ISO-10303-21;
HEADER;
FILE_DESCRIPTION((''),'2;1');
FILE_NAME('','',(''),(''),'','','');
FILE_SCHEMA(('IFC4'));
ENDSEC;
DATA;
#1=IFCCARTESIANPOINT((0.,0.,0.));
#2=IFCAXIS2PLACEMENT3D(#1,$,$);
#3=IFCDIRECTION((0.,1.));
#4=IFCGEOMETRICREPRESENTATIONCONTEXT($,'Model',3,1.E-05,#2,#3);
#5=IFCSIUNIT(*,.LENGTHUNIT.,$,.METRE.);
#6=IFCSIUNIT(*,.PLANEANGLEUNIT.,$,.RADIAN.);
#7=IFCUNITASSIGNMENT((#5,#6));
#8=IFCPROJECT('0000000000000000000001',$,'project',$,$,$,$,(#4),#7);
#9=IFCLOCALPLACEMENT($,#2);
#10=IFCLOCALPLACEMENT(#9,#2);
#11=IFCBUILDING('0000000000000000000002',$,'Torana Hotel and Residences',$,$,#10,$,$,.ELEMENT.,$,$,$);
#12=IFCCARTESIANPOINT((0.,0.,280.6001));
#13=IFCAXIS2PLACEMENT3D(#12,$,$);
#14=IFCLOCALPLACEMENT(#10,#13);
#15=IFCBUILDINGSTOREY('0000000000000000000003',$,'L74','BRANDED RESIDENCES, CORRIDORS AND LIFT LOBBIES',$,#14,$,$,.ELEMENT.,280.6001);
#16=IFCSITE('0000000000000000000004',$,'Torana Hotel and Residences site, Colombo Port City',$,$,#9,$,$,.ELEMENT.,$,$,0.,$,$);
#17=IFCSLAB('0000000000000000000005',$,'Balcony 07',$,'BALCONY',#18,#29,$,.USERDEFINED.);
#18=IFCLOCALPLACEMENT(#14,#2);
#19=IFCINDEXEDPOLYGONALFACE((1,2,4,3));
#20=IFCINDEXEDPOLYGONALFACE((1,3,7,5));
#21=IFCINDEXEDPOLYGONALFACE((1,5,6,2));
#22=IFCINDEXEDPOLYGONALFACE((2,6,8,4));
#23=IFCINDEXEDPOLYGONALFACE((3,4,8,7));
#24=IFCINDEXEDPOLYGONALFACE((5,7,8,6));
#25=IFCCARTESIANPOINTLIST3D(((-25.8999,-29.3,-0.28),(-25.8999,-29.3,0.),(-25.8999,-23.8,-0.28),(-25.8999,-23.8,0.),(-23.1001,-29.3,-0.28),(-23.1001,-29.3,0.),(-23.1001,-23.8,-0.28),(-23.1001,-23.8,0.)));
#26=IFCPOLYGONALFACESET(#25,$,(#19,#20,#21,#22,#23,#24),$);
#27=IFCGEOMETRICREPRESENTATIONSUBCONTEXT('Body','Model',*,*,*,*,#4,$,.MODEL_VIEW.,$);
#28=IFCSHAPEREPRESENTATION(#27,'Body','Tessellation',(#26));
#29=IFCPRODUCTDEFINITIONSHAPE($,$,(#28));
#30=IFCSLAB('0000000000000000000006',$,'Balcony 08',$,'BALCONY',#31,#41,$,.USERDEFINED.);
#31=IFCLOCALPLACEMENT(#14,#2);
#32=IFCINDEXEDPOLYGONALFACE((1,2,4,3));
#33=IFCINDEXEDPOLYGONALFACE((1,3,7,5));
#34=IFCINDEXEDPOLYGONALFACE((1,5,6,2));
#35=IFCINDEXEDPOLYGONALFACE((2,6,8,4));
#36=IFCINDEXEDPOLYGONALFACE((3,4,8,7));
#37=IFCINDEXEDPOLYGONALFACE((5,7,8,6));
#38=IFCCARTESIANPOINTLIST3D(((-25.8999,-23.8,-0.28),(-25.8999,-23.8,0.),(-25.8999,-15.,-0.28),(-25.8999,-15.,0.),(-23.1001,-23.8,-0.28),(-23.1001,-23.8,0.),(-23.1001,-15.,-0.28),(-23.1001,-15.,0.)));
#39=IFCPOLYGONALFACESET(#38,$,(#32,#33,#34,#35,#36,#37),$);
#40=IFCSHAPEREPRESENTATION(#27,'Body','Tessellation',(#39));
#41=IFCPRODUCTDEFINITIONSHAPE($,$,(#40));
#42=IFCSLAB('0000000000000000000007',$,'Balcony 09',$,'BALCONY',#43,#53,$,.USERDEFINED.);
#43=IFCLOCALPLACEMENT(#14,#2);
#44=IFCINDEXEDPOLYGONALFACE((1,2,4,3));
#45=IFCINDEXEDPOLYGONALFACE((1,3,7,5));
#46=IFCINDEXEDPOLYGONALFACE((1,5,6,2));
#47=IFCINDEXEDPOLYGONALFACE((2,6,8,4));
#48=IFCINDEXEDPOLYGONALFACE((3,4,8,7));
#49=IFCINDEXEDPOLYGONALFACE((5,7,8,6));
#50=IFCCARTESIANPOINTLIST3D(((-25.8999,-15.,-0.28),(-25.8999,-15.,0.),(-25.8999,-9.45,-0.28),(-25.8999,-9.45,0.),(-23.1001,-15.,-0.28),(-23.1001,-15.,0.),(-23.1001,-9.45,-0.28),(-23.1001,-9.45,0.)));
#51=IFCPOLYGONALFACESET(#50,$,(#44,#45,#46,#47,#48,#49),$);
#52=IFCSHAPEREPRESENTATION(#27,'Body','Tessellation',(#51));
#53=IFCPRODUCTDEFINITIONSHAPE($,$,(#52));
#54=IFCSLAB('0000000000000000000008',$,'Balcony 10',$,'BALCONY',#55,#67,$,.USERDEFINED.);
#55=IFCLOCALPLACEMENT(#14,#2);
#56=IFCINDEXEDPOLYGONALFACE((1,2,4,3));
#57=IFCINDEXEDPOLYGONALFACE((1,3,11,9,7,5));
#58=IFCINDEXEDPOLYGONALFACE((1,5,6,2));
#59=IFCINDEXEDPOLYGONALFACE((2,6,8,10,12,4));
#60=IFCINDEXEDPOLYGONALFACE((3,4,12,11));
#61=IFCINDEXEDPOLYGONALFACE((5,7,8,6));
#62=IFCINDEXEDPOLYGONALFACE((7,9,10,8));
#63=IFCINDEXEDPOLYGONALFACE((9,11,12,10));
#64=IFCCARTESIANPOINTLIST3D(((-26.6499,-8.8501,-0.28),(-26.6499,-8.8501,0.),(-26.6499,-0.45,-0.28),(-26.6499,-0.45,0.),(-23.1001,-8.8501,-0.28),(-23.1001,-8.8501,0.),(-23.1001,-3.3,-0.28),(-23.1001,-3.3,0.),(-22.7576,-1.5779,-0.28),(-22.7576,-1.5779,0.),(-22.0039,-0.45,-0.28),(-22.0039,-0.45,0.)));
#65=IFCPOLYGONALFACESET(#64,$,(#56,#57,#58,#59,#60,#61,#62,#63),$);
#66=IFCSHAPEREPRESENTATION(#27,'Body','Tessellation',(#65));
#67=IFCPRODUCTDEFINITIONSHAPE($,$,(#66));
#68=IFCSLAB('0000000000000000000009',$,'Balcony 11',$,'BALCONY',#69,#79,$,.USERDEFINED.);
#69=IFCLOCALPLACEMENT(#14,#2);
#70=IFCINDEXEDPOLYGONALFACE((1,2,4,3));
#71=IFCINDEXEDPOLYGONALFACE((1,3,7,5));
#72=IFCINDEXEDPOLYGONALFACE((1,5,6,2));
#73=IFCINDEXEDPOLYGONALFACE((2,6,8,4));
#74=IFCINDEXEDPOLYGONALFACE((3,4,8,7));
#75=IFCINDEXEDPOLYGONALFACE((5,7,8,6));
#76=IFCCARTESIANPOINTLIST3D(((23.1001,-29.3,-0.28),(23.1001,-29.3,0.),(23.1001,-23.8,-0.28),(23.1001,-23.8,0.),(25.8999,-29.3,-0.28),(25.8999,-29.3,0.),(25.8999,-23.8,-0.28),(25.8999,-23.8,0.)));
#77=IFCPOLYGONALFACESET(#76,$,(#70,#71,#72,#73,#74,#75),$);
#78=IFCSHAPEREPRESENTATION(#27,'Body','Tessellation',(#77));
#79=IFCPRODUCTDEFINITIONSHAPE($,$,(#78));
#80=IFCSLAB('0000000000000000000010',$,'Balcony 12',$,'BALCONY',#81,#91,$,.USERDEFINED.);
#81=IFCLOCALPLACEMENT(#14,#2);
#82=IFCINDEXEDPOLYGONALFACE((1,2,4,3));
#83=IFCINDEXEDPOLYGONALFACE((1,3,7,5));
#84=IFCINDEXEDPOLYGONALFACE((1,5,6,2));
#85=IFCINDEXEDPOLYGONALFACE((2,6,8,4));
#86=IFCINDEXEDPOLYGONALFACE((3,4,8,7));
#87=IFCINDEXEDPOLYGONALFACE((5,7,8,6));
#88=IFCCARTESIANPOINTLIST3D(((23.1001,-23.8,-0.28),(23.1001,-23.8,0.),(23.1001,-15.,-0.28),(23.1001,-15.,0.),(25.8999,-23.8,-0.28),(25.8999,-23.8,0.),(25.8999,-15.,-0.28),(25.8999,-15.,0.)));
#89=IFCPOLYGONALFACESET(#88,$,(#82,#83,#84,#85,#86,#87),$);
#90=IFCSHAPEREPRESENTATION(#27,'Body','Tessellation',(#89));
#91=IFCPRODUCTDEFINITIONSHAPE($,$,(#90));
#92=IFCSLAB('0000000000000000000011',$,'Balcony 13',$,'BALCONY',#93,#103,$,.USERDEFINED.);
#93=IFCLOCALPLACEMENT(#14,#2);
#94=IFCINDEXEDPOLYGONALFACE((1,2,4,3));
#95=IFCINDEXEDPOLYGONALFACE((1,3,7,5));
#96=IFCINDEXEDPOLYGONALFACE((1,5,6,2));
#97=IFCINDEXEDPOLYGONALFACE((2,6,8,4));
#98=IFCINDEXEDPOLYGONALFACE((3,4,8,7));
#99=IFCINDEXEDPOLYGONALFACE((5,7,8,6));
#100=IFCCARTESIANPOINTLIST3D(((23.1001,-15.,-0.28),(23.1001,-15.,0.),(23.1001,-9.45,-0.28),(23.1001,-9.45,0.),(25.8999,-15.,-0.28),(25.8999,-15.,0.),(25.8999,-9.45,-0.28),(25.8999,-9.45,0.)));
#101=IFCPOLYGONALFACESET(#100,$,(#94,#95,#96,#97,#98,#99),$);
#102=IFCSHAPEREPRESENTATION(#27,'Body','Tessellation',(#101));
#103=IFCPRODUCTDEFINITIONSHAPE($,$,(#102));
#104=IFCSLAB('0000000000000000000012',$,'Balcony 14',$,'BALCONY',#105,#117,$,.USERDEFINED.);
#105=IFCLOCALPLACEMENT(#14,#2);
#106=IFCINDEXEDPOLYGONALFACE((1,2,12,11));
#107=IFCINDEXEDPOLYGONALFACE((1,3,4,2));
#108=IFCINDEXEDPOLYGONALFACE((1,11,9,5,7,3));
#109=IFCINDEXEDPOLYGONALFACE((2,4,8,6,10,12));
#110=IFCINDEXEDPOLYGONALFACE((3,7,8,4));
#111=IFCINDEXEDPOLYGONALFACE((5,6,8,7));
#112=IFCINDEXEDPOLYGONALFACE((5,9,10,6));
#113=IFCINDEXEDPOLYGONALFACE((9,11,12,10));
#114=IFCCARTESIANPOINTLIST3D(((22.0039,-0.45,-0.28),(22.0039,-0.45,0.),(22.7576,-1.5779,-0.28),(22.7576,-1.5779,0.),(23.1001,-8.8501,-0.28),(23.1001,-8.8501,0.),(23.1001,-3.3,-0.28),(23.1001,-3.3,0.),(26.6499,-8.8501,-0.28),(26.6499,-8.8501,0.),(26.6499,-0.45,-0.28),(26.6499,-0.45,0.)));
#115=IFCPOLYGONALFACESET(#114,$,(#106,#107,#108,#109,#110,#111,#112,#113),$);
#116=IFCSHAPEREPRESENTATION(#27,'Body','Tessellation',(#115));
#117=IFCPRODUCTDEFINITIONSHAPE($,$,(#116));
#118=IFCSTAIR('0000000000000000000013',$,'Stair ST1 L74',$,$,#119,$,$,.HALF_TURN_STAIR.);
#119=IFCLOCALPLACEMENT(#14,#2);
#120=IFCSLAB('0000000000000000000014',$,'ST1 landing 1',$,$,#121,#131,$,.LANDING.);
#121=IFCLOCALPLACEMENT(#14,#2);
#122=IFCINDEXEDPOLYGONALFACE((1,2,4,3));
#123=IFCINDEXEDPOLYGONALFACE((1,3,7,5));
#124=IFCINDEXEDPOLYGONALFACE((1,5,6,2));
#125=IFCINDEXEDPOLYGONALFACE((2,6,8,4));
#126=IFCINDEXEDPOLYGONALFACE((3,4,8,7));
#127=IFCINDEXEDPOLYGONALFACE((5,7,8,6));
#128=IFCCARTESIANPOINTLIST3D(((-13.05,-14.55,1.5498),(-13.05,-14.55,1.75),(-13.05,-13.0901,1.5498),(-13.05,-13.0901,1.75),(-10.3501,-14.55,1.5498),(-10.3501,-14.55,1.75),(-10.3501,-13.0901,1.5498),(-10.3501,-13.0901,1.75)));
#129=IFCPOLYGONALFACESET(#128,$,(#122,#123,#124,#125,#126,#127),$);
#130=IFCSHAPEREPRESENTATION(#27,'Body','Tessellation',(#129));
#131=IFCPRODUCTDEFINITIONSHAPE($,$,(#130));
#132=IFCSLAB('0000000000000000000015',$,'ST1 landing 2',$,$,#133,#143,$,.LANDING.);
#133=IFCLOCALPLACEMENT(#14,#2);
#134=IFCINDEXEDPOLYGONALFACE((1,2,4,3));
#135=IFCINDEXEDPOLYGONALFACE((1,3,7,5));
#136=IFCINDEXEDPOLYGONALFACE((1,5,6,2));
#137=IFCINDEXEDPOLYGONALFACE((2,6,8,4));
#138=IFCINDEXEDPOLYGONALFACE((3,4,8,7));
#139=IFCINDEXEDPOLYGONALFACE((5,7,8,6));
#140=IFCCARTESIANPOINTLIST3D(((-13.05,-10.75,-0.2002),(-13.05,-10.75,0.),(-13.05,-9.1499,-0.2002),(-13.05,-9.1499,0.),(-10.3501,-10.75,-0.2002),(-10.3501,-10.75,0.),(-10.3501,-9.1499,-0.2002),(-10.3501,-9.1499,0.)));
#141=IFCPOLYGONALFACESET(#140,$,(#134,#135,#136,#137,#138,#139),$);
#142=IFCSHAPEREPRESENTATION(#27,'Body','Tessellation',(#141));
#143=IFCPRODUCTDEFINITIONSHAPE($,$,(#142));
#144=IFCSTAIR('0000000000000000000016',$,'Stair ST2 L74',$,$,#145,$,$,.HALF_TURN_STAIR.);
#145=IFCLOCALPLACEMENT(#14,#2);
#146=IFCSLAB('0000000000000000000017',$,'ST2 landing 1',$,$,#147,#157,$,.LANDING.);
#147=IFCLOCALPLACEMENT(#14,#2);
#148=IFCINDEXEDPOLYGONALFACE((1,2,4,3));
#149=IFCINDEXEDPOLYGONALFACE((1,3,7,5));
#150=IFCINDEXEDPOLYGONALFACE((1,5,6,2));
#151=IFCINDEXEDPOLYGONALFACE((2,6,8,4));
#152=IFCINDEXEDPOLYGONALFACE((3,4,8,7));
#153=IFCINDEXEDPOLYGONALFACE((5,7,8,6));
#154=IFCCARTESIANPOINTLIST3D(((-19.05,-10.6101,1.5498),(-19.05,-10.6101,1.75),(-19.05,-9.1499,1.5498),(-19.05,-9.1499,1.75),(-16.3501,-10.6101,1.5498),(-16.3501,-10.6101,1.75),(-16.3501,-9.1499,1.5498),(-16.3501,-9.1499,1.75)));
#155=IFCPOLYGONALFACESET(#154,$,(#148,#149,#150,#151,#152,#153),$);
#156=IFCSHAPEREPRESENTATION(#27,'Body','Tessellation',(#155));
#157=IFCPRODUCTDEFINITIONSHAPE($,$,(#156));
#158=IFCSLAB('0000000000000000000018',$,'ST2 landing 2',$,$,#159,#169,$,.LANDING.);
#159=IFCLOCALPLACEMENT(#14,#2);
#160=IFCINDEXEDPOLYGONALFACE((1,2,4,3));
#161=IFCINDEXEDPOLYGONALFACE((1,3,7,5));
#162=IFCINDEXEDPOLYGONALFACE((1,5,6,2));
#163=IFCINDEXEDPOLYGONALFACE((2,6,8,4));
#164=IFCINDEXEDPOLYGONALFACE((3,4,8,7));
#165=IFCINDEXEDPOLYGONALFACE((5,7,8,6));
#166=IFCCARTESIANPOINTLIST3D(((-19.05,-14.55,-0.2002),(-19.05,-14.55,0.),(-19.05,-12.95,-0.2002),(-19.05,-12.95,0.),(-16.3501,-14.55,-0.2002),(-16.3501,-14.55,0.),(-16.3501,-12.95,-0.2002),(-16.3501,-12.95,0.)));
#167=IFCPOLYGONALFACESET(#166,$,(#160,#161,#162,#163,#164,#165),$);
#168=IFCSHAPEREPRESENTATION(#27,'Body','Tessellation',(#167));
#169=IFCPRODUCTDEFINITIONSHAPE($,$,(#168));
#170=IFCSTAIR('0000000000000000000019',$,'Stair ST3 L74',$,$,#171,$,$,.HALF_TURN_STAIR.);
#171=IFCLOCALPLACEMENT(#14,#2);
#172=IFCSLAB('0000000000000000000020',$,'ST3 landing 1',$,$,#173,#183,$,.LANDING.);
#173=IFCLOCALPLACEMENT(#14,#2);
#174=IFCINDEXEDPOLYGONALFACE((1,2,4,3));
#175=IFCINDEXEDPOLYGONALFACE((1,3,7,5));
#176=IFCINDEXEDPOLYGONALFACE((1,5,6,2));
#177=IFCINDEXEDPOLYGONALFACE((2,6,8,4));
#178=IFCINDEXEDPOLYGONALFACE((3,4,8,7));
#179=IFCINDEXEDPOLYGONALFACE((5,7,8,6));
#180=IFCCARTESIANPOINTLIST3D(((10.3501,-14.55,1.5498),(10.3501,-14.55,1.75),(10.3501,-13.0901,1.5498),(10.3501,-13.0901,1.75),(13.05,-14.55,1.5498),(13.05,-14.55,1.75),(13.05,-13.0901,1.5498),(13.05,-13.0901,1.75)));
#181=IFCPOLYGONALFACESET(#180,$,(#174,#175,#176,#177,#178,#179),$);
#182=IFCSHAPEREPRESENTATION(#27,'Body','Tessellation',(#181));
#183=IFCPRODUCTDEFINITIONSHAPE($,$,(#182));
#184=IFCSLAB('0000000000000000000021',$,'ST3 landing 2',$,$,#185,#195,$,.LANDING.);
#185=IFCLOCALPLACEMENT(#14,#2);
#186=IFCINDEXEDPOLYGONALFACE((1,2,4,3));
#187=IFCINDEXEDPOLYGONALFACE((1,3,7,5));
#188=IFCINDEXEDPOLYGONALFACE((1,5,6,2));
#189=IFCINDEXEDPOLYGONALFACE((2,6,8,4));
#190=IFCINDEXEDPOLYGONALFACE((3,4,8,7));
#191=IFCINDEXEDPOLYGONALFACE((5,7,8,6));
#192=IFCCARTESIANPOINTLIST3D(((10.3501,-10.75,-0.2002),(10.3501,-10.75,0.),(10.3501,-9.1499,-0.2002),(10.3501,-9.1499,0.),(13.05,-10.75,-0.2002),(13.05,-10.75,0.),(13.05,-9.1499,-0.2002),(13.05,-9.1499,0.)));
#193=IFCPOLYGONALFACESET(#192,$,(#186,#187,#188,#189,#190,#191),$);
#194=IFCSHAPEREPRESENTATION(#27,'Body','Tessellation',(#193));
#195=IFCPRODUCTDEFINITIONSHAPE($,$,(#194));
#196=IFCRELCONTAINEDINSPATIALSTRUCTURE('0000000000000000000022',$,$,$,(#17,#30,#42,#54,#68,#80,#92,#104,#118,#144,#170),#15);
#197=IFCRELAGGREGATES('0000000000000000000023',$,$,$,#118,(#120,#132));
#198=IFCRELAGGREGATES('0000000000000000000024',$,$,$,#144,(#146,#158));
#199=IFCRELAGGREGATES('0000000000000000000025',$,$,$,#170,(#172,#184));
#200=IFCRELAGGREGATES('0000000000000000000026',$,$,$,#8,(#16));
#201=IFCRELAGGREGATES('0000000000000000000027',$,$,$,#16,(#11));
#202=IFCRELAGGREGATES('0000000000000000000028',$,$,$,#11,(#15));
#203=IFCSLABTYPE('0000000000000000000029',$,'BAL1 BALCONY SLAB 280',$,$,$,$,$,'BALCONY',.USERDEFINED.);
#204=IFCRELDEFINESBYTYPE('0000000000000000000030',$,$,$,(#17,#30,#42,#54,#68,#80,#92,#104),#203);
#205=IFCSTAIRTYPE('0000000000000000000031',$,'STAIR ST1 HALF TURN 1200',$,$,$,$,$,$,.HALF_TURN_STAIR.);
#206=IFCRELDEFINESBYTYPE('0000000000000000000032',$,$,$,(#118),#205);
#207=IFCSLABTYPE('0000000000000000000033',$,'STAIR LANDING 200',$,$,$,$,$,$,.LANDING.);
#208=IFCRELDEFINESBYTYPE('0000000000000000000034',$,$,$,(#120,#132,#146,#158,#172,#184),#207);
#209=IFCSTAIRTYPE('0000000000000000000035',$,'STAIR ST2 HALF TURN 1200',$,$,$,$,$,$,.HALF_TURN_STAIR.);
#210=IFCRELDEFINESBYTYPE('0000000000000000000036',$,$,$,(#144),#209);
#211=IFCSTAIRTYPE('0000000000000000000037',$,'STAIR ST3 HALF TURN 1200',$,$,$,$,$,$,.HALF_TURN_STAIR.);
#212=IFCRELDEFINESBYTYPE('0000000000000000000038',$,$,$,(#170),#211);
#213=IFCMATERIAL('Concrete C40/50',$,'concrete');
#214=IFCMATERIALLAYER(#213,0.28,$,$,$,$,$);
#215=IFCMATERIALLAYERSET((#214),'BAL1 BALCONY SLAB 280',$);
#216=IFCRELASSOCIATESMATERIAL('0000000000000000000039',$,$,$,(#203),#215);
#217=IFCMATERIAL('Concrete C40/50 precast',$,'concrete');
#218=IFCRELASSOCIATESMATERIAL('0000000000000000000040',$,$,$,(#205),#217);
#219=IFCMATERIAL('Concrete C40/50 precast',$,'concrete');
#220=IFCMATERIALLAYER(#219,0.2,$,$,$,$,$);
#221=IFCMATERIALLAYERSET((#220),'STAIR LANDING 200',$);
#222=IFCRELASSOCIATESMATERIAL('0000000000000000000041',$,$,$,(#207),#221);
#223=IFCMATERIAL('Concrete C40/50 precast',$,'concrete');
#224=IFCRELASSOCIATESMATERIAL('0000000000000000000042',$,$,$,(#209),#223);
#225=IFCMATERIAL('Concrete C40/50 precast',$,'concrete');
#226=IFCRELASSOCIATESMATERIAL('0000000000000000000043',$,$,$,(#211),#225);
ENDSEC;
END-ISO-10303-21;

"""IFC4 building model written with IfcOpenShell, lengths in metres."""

from ifc_helpers import new_model, si_unit, direction, frame, origin, place, context, subcontext, project, spatial, polyline, outline, extrude, material, layer, layer_set, type_object, element, aggregate, save


model = new_model("IFC4")

# Units and contexts
model_context = context("Model", 3, precision=1e-05, world=origin(), true_north=direction((0.0, 1.0)))
body_context = subcontext(model_context, "Body", "Model", "MODEL_VIEW")
ifc_project = project(units=[si_unit("LENGTHUNIT", "METRE"), si_unit("PLANEANGLEUNIT", "RADIAN")], contexts=[model_context])

# Site, building, storey
site_placement = place(None, origin())
site = spatial("IfcSite", under=ifc_project, at=site_placement, Name="Torana Hotel and Residences site, Colombo Port City", CompositionType="ELEMENT", RefElevation=0.0)
building_placement = place(site_placement, origin())
building = spatial("IfcBuilding", under=site, at=building_placement, Name="Torana Hotel and Residences", CompositionType="ELEMENT")
storey_placement = place(building_placement, frame((0.0, 0.0, 280.6001)))
storey = spatial("IfcBuildingStorey", under=building, at=storey_placement, Name="L74", Description="BRANDED RESIDENCES, CORRIDORS AND LIFT LOBBIES", CompositionType="ELEMENT", Elevation=280.6001)

# Slabs
ifc_material_1 = material(Name="Concrete C40/50", Category="concrete")
ifc_layer_1 = layer(ifc_material_1, 0.28)
ifc_layer_set_1 = layer_set([ifc_layer_1], Name="BAL1 BALCONY SLAB 280")
slab_type_1 = type_object("IfcSlabType", Name="BAL1 BALCONY SLAB 280", ElementType="BALCONY", PredefinedType="USERDEFINED", material=ifc_layer_set_1)
slab_1_placement = place(storey_placement, frame((0.0, 0.0, -0.28)))
element("IfcSlab", 1, at=slab_1_placement, inside=storey, type_object=slab_type_1, Name="Balcony 07", ObjectType="BALCONY", PredefinedType="USERDEFINED", context=body_context, shape_type="SweptSolid", body=[
    extrude(outline(polyline([(-25.8999, -29.3), (-23.1001, -29.3), (-23.1001, -23.8), (-25.8999, -23.8), (-25.8999, -29.3)])), origin(), (0.0, 0.0, 1.0), 0.28),
])
slab_2_placement = place(storey_placement, frame((0.0, 0.0, -0.28)))
element("IfcSlab", 2, at=slab_2_placement, inside=storey, type_object=slab_type_1, Name="Balcony 08", ObjectType="BALCONY", PredefinedType="USERDEFINED", context=body_context, shape_type="SweptSolid", body=[
    extrude(outline(polyline([(-25.8999, -23.8), (-23.1001, -23.8), (-23.1001, -15.0), (-25.8999, -15.0), (-25.8999, -23.8)])), origin(), (0.0, 0.0, 1.0), 0.28),
])
slab_3_placement = place(storey_placement, frame((0.0, 0.0, -0.28)))
element("IfcSlab", 3, at=slab_3_placement, inside=storey, type_object=slab_type_1, Name="Balcony 09", ObjectType="BALCONY", PredefinedType="USERDEFINED", context=body_context, shape_type="SweptSolid", body=[
    extrude(outline(polyline([(-25.8999, -15.0), (-23.1001, -15.0), (-23.1001, -9.45), (-25.8999, -9.45), (-25.8999, -15.0)])), origin(), (0.0, 0.0, 1.0), 0.28),
])
slab_4_placement = place(storey_placement, frame((0.0, 0.0, -0.28)))
element("IfcSlab", 4, at=slab_4_placement, inside=storey, type_object=slab_type_1, Name="Balcony 10", ObjectType="BALCONY", PredefinedType="USERDEFINED", context=body_context, shape_type="SweptSolid", body=[
    extrude(outline(polyline([(-26.6499, -8.8501), (-23.1001, -8.8501), (-23.1001, -3.3), (-22.7576, -1.5779), (-22.0039, -0.45), (-26.6499, -0.45), (-26.6499, -8.8501)])), origin(), (0.0, 0.0, 1.0), 0.28),
])
slab_5_placement = place(storey_placement, frame((0.0, 0.0, -0.28)))
element("IfcSlab", 5, at=slab_5_placement, inside=storey, type_object=slab_type_1, Name="Balcony 11", ObjectType="BALCONY", PredefinedType="USERDEFINED", context=body_context, shape_type="SweptSolid", body=[
    extrude(outline(polyline([(23.1001, -29.3), (25.8999, -29.3), (25.8999, -23.8), (23.1001, -23.8), (23.1001, -29.3)])), origin(), (0.0, 0.0, 1.0), 0.28),
])
slab_6_placement = place(storey_placement, frame((0.0, 0.0, -0.28)))
element("IfcSlab", 6, at=slab_6_placement, inside=storey, type_object=slab_type_1, Name="Balcony 12", ObjectType="BALCONY", PredefinedType="USERDEFINED", context=body_context, shape_type="SweptSolid", body=[
    extrude(outline(polyline([(23.1001, -23.8), (25.8999, -23.8), (25.8999, -15.0), (23.1001, -15.0), (23.1001, -23.8)])), origin(), (0.0, 0.0, 1.0), 0.28),
])
slab_7_placement = place(storey_placement, frame((0.0, 0.0, -0.28)))
element("IfcSlab", 7, at=slab_7_placement, inside=storey, type_object=slab_type_1, Name="Balcony 13", ObjectType="BALCONY", PredefinedType="USERDEFINED", context=body_context, shape_type="SweptSolid", body=[
    extrude(outline(polyline([(23.1001, -15.0), (25.8999, -15.0), (25.8999, -9.45), (23.1001, -9.45), (23.1001, -15.0)])), origin(), (0.0, 0.0, 1.0), 0.28),
])
slab_8_placement = place(storey_placement, frame((0.0, 0.0, -0.28)))
element("IfcSlab", 8, at=slab_8_placement, inside=storey, type_object=slab_type_1, Name="Balcony 14", ObjectType="BALCONY", PredefinedType="USERDEFINED", context=body_context, shape_type="SweptSolid", body=[
    extrude(outline(polyline([(23.1001, -8.8501), (26.6499, -8.8501), (26.6499, -0.45), (22.0039, -0.45), (22.7576, -1.5779), (23.1001, -3.3), (23.1001, -8.8501)])), origin(), (0.0, 0.0, 1.0), 0.28),
])

# Stairs, slabs
ifc_material_2 = material(Name="Concrete C40/50 precast", Category="concrete")
stair_type_1 = type_object("IfcStairType", Name="STAIR ST1 HALF TURN 1200", PredefinedType="HALF_TURN_STAIR", material=ifc_material_2)
stair_1_placement = place(storey_placement, origin())
stair_1 = element("IfcStair", 9, at=stair_1_placement, inside=storey, type_object=stair_type_1, Name="Stair ST1 L74", PredefinedType="HALF_TURN_STAIR")
ifc_material_3 = material(Name="Concrete C40/50 precast", Category="concrete")
ifc_layer_2 = layer(ifc_material_3, 0.2)
ifc_layer_set_2 = layer_set([ifc_layer_2], Name="STAIR LANDING 200")
slab_type_2 = type_object("IfcSlabType", Name="STAIR LANDING 200", PredefinedType="LANDING", material=ifc_layer_set_2)
slab_9_placement = place(storey_placement, frame((0.0, 0.0, 1.5498)))
slab_9 = element("IfcSlab", 10, at=slab_9_placement, type_object=slab_type_2, Name="ST1 landing 1", PredefinedType="LANDING", context=body_context, shape_type="SweptSolid", body=[
    extrude(outline(polyline([(-13.05, -14.55), (-10.3501, -14.55), (-10.3501, -13.0901), (-13.05, -13.0901), (-13.05, -14.55)])), origin(), (0.0, 0.0, 1.0), 0.2002),
])
slab_10_placement = place(storey_placement, frame((0.0, 0.0, -0.2002)))
slab_10 = element("IfcSlab", 11, at=slab_10_placement, type_object=slab_type_2, Name="ST1 landing 2", PredefinedType="LANDING", context=body_context, shape_type="SweptSolid", body=[
    extrude(outline(polyline([(-13.05, -10.75), (-10.3501, -10.75), (-10.3501, -9.1499), (-13.05, -9.1499), (-13.05, -10.75)])), origin(), (0.0, 0.0, 1.0), 0.2002),
])
aggregate(stair_1, [slab_9, slab_10])
ifc_material_4 = material(Name="Concrete C40/50 precast", Category="concrete")
stair_type_2 = type_object("IfcStairType", Name="STAIR ST2 HALF TURN 1200", PredefinedType="HALF_TURN_STAIR", material=ifc_material_4)
stair_2_placement = place(storey_placement, origin())
stair_2 = element("IfcStair", 12, at=stair_2_placement, inside=storey, type_object=stair_type_2, Name="Stair ST2 L74", PredefinedType="HALF_TURN_STAIR")
slab_11_placement = place(storey_placement, frame((0.0, 0.0, 1.5498)))
slab_11 = element("IfcSlab", 13, at=slab_11_placement, type_object=slab_type_2, Name="ST2 landing 1", PredefinedType="LANDING", context=body_context, shape_type="SweptSolid", body=[
    extrude(outline(polyline([(-19.05, -10.6101), (-16.3501, -10.6101), (-16.3501, -9.1499), (-19.05, -9.1499), (-19.05, -10.6101)])), origin(), (0.0, 0.0, 1.0), 0.2002),
])
slab_12_placement = place(storey_placement, frame((0.0, 0.0, -0.2002)))
slab_12 = element("IfcSlab", 14, at=slab_12_placement, type_object=slab_type_2, Name="ST2 landing 2", PredefinedType="LANDING", context=body_context, shape_type="SweptSolid", body=[
    extrude(outline(polyline([(-19.05, -14.55), (-16.3501, -14.55), (-16.3501, -12.95), (-19.05, -12.95), (-19.05, -14.55)])), origin(), (0.0, 0.0, 1.0), 0.2002),
])
aggregate(stair_2, [slab_11, slab_12])
ifc_material_5 = material(Name="Concrete C40/50 precast", Category="concrete")
stair_type_3 = type_object("IfcStairType", Name="STAIR ST3 HALF TURN 1200", PredefinedType="HALF_TURN_STAIR", material=ifc_material_5)
stair_3_placement = place(storey_placement, origin())
stair_3 = element("IfcStair", 15, at=stair_3_placement, inside=storey, type_object=stair_type_3, Name="Stair ST3 L74", PredefinedType="HALF_TURN_STAIR")
slab_13_placement = place(storey_placement, frame((0.0, 0.0, 1.5498)))
slab_13 = element("IfcSlab", 16, at=slab_13_placement, type_object=slab_type_2, Name="ST3 landing 1", PredefinedType="LANDING", context=body_context, shape_type="SweptSolid", body=[
    extrude(outline(polyline([(10.3501, -14.55), (13.05, -14.55), (13.05, -13.0901), (10.3501, -13.0901), (10.3501, -14.55)])), origin(), (0.0, 0.0, 1.0), 0.2002),
])
slab_14_placement = place(storey_placement, frame((0.0, 0.0, -0.2002)))
slab_14 = element("IfcSlab", 17, at=slab_14_placement, type_object=slab_type_2, Name="ST3 landing 2", PredefinedType="LANDING", context=body_context, shape_type="SweptSolid", body=[
    extrude(outline(polyline([(10.3501, -10.75), (13.05, -10.75), (13.05, -9.1499), (10.3501, -9.1499), (10.3501, -10.75)])), origin(), (0.0, 0.0, 1.0), 0.2002),
])

aggregate(stair_3, [slab_13, slab_14])

save(model, "model.ifc")
